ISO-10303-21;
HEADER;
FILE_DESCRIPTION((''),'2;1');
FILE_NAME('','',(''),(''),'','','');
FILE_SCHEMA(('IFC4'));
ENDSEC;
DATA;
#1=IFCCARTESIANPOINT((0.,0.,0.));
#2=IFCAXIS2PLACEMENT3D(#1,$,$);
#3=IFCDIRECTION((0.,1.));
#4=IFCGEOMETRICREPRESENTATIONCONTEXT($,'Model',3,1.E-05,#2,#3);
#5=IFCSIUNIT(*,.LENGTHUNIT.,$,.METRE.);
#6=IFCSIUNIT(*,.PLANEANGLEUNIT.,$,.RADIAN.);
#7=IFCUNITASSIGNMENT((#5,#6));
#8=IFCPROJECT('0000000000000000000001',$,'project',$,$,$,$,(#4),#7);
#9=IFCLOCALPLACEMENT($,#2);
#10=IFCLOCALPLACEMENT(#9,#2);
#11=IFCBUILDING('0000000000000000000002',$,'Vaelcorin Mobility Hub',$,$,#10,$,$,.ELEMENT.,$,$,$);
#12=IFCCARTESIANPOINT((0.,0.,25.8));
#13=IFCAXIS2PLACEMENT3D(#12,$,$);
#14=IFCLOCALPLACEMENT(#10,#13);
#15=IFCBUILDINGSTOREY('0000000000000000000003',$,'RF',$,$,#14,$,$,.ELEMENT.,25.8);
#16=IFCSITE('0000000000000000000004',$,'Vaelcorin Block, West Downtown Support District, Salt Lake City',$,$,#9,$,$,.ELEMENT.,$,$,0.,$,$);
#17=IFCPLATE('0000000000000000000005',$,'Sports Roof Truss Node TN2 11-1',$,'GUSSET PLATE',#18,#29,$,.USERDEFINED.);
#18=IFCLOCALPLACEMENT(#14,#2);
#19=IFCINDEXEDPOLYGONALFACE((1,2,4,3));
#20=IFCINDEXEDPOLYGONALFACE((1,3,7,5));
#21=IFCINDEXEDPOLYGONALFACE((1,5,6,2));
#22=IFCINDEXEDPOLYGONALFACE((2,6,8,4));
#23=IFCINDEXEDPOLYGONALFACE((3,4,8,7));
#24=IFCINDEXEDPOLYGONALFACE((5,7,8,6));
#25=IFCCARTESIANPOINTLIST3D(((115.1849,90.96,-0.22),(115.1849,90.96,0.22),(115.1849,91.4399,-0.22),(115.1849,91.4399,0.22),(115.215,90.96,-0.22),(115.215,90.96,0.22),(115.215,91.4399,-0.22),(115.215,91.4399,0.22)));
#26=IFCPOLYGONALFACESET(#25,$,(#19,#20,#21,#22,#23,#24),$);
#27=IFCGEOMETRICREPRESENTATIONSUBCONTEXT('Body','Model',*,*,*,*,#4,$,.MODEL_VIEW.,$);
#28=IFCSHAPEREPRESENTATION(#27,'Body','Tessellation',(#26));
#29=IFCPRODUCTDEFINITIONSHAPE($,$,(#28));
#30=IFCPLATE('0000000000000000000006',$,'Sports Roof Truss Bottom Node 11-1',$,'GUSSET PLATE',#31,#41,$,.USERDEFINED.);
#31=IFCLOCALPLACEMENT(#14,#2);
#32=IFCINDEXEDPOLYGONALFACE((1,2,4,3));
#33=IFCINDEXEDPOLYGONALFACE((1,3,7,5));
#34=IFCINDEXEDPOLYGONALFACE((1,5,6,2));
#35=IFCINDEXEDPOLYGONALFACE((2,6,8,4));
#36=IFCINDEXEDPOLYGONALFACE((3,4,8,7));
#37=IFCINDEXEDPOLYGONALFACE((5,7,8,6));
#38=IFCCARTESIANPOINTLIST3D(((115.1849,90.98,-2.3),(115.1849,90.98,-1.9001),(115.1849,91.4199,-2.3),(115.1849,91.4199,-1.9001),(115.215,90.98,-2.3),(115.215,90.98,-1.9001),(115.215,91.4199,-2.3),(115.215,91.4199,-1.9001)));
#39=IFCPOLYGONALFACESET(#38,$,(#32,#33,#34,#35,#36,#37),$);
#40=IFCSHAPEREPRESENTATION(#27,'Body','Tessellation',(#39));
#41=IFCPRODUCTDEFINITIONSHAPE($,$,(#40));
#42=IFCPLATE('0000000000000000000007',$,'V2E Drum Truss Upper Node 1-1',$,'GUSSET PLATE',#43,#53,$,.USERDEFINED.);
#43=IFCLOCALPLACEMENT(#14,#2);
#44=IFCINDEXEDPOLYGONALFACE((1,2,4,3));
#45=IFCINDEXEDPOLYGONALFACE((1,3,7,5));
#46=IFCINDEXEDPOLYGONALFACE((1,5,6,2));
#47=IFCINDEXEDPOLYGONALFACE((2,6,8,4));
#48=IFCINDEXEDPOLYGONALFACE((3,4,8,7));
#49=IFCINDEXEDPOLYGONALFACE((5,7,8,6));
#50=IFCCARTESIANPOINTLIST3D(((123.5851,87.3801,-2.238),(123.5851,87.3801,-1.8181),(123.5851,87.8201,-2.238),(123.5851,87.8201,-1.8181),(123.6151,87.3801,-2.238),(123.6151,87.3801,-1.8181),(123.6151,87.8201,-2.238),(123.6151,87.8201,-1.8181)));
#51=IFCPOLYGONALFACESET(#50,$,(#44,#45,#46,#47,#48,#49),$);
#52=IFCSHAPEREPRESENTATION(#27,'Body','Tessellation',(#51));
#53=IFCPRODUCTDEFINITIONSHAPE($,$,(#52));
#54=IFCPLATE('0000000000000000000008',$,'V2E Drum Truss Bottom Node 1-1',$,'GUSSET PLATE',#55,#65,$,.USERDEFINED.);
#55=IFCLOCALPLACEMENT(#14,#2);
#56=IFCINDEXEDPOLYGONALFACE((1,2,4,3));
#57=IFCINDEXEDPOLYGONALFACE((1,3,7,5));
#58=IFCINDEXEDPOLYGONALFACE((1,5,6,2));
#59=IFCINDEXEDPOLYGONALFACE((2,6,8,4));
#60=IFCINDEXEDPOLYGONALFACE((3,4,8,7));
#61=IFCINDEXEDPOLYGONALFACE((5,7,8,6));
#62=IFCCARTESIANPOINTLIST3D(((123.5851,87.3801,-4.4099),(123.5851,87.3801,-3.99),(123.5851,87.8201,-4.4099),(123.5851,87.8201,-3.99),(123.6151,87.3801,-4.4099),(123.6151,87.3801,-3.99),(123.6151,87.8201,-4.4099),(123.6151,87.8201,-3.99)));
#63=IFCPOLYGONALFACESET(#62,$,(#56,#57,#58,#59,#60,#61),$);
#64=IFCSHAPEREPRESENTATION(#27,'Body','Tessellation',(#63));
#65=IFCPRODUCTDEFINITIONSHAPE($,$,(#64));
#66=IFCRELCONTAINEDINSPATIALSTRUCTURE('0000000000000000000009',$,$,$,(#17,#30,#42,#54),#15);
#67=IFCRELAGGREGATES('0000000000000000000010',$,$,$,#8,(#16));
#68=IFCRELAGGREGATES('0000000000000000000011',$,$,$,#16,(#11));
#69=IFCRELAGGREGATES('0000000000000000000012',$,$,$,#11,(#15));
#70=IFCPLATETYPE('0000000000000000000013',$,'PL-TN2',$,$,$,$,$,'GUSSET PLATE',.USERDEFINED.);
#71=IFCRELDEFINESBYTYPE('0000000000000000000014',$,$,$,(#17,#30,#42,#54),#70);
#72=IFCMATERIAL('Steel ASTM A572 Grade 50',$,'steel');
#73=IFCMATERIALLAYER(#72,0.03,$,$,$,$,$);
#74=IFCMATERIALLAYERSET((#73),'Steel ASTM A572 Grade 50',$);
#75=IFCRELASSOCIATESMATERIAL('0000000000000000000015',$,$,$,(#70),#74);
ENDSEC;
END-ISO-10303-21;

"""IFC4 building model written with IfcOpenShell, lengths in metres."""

from ifc_helpers import new_model, si_unit, direction, frame, origin, origin_2d, place, context, subcontext, project, spatial, rectangle, extrude, material, layer, layer_set, type_object, element, save


model = new_model("IFC4")

# Units and contexts
model_context = context("Model", 3, precision=1e-05, world=origin(), true_north=direction((0.0, 1.0)))
body_context = subcontext(model_context, "Body", "Model", "MODEL_VIEW")
ifc_project = project(units=[si_unit("LENGTHUNIT", "METRE"), si_unit("PLANEANGLEUNIT", "RADIAN")], contexts=[model_context])

# Site, building, storey
site_placement = place(None, origin())
site = spatial("IfcSite", under=ifc_project, at=site_placement, Name="Vaelcorin Block, West Downtown Support District, Salt Lake City", CompositionType="ELEMENT", RefElevation=0.0)
building_placement = place(site_placement, origin())
building = spatial("IfcBuilding", under=site, at=building_placement, Name="Vaelcorin Mobility Hub", CompositionType="ELEMENT")
storey_placement = place(building_placement, frame((0.0, 0.0, 25.8)))
storey = spatial("IfcBuildingStorey", under=building, at=storey_placement, Name="RF", CompositionType="ELEMENT", Elevation=25.8)

# Plates
ifc_material_1 = material(Name="Steel ASTM A572 Grade 50", Category="steel")
ifc_layer_1 = layer(ifc_material_1, 0.03)
ifc_layer_set_1 = layer_set([ifc_layer_1], Name="Steel ASTM A572 Grade 50")
plate_type_1 = type_object("IfcPlateType", Name="PL-TN2", ElementType="GUSSET PLATE", PredefinedType="USERDEFINED", material=ifc_layer_set_1)
plate_1_placement = place(storey_placement, frame((115.2, 91.2, -0.22), z_axis=(0.0, 0.0, 1.0), x_axis=(1.0, 0.0, 0.0)))
element("IfcPlate", 1, at=plate_1_placement, inside=storey, type_object=plate_type_1, Name="Sports Roof Truss Node TN2 11-1", ObjectType="GUSSET PLATE", PredefinedType="USERDEFINED", context=body_context, shape_type="SweptSolid", body=[
    extrude(rectangle(XDim=0.03, YDim=0.48, at=origin_2d()), origin(), (0.0, 0.0, 1.0), 0.4399),
])
plate_2_placement = place(storey_placement, frame((115.2, 91.2, -2.3), z_axis=(0.0, 0.0, 1.0), x_axis=(1.0, 0.0, 0.0)))
element("IfcPlate", 2, at=plate_2_placement, inside=storey, type_object=plate_type_1, Name="Sports Roof Truss Bottom Node 11-1", ObjectType="GUSSET PLATE", PredefinedType="USERDEFINED", context=body_context, shape_type="SweptSolid", body=[
    extrude(rectangle(XDim=0.03, YDim=0.4399, at=origin_2d()), origin(), (0.0, 0.0, 1.0), 0.3999),
])
for number, where, z_axis, x_axis, name in (
    (3, (123.6001, 87.6001, -2.238), (0.0, 0.0, 1.0), (1.0, 0.0, 0.0), "V2E Drum Truss Upper Node 1-1"),
    (4, (123.6001, 87.6001, -4.4099), (0.0, 0.0, 1.0), (1.0, 0.0, 0.0), "V2E Drum Truss Bottom Node 1-1"),
):
    element("IfcPlate", number, at=place(storey_placement, frame(where, z_axis=z_axis, x_axis=x_axis)), inside=storey, type_object=plate_type_1, Name=name, ObjectType="GUSSET PLATE", PredefinedType="USERDEFINED", context=body_context, shape_type="SweptSolid", body=[
        extrude(rectangle(XDim=0.03, YDim=0.4399, at=origin_2d()), origin(), (0.0, 0.0, 1.0), 0.4199),
    ])

save(model, "model.ifc")
